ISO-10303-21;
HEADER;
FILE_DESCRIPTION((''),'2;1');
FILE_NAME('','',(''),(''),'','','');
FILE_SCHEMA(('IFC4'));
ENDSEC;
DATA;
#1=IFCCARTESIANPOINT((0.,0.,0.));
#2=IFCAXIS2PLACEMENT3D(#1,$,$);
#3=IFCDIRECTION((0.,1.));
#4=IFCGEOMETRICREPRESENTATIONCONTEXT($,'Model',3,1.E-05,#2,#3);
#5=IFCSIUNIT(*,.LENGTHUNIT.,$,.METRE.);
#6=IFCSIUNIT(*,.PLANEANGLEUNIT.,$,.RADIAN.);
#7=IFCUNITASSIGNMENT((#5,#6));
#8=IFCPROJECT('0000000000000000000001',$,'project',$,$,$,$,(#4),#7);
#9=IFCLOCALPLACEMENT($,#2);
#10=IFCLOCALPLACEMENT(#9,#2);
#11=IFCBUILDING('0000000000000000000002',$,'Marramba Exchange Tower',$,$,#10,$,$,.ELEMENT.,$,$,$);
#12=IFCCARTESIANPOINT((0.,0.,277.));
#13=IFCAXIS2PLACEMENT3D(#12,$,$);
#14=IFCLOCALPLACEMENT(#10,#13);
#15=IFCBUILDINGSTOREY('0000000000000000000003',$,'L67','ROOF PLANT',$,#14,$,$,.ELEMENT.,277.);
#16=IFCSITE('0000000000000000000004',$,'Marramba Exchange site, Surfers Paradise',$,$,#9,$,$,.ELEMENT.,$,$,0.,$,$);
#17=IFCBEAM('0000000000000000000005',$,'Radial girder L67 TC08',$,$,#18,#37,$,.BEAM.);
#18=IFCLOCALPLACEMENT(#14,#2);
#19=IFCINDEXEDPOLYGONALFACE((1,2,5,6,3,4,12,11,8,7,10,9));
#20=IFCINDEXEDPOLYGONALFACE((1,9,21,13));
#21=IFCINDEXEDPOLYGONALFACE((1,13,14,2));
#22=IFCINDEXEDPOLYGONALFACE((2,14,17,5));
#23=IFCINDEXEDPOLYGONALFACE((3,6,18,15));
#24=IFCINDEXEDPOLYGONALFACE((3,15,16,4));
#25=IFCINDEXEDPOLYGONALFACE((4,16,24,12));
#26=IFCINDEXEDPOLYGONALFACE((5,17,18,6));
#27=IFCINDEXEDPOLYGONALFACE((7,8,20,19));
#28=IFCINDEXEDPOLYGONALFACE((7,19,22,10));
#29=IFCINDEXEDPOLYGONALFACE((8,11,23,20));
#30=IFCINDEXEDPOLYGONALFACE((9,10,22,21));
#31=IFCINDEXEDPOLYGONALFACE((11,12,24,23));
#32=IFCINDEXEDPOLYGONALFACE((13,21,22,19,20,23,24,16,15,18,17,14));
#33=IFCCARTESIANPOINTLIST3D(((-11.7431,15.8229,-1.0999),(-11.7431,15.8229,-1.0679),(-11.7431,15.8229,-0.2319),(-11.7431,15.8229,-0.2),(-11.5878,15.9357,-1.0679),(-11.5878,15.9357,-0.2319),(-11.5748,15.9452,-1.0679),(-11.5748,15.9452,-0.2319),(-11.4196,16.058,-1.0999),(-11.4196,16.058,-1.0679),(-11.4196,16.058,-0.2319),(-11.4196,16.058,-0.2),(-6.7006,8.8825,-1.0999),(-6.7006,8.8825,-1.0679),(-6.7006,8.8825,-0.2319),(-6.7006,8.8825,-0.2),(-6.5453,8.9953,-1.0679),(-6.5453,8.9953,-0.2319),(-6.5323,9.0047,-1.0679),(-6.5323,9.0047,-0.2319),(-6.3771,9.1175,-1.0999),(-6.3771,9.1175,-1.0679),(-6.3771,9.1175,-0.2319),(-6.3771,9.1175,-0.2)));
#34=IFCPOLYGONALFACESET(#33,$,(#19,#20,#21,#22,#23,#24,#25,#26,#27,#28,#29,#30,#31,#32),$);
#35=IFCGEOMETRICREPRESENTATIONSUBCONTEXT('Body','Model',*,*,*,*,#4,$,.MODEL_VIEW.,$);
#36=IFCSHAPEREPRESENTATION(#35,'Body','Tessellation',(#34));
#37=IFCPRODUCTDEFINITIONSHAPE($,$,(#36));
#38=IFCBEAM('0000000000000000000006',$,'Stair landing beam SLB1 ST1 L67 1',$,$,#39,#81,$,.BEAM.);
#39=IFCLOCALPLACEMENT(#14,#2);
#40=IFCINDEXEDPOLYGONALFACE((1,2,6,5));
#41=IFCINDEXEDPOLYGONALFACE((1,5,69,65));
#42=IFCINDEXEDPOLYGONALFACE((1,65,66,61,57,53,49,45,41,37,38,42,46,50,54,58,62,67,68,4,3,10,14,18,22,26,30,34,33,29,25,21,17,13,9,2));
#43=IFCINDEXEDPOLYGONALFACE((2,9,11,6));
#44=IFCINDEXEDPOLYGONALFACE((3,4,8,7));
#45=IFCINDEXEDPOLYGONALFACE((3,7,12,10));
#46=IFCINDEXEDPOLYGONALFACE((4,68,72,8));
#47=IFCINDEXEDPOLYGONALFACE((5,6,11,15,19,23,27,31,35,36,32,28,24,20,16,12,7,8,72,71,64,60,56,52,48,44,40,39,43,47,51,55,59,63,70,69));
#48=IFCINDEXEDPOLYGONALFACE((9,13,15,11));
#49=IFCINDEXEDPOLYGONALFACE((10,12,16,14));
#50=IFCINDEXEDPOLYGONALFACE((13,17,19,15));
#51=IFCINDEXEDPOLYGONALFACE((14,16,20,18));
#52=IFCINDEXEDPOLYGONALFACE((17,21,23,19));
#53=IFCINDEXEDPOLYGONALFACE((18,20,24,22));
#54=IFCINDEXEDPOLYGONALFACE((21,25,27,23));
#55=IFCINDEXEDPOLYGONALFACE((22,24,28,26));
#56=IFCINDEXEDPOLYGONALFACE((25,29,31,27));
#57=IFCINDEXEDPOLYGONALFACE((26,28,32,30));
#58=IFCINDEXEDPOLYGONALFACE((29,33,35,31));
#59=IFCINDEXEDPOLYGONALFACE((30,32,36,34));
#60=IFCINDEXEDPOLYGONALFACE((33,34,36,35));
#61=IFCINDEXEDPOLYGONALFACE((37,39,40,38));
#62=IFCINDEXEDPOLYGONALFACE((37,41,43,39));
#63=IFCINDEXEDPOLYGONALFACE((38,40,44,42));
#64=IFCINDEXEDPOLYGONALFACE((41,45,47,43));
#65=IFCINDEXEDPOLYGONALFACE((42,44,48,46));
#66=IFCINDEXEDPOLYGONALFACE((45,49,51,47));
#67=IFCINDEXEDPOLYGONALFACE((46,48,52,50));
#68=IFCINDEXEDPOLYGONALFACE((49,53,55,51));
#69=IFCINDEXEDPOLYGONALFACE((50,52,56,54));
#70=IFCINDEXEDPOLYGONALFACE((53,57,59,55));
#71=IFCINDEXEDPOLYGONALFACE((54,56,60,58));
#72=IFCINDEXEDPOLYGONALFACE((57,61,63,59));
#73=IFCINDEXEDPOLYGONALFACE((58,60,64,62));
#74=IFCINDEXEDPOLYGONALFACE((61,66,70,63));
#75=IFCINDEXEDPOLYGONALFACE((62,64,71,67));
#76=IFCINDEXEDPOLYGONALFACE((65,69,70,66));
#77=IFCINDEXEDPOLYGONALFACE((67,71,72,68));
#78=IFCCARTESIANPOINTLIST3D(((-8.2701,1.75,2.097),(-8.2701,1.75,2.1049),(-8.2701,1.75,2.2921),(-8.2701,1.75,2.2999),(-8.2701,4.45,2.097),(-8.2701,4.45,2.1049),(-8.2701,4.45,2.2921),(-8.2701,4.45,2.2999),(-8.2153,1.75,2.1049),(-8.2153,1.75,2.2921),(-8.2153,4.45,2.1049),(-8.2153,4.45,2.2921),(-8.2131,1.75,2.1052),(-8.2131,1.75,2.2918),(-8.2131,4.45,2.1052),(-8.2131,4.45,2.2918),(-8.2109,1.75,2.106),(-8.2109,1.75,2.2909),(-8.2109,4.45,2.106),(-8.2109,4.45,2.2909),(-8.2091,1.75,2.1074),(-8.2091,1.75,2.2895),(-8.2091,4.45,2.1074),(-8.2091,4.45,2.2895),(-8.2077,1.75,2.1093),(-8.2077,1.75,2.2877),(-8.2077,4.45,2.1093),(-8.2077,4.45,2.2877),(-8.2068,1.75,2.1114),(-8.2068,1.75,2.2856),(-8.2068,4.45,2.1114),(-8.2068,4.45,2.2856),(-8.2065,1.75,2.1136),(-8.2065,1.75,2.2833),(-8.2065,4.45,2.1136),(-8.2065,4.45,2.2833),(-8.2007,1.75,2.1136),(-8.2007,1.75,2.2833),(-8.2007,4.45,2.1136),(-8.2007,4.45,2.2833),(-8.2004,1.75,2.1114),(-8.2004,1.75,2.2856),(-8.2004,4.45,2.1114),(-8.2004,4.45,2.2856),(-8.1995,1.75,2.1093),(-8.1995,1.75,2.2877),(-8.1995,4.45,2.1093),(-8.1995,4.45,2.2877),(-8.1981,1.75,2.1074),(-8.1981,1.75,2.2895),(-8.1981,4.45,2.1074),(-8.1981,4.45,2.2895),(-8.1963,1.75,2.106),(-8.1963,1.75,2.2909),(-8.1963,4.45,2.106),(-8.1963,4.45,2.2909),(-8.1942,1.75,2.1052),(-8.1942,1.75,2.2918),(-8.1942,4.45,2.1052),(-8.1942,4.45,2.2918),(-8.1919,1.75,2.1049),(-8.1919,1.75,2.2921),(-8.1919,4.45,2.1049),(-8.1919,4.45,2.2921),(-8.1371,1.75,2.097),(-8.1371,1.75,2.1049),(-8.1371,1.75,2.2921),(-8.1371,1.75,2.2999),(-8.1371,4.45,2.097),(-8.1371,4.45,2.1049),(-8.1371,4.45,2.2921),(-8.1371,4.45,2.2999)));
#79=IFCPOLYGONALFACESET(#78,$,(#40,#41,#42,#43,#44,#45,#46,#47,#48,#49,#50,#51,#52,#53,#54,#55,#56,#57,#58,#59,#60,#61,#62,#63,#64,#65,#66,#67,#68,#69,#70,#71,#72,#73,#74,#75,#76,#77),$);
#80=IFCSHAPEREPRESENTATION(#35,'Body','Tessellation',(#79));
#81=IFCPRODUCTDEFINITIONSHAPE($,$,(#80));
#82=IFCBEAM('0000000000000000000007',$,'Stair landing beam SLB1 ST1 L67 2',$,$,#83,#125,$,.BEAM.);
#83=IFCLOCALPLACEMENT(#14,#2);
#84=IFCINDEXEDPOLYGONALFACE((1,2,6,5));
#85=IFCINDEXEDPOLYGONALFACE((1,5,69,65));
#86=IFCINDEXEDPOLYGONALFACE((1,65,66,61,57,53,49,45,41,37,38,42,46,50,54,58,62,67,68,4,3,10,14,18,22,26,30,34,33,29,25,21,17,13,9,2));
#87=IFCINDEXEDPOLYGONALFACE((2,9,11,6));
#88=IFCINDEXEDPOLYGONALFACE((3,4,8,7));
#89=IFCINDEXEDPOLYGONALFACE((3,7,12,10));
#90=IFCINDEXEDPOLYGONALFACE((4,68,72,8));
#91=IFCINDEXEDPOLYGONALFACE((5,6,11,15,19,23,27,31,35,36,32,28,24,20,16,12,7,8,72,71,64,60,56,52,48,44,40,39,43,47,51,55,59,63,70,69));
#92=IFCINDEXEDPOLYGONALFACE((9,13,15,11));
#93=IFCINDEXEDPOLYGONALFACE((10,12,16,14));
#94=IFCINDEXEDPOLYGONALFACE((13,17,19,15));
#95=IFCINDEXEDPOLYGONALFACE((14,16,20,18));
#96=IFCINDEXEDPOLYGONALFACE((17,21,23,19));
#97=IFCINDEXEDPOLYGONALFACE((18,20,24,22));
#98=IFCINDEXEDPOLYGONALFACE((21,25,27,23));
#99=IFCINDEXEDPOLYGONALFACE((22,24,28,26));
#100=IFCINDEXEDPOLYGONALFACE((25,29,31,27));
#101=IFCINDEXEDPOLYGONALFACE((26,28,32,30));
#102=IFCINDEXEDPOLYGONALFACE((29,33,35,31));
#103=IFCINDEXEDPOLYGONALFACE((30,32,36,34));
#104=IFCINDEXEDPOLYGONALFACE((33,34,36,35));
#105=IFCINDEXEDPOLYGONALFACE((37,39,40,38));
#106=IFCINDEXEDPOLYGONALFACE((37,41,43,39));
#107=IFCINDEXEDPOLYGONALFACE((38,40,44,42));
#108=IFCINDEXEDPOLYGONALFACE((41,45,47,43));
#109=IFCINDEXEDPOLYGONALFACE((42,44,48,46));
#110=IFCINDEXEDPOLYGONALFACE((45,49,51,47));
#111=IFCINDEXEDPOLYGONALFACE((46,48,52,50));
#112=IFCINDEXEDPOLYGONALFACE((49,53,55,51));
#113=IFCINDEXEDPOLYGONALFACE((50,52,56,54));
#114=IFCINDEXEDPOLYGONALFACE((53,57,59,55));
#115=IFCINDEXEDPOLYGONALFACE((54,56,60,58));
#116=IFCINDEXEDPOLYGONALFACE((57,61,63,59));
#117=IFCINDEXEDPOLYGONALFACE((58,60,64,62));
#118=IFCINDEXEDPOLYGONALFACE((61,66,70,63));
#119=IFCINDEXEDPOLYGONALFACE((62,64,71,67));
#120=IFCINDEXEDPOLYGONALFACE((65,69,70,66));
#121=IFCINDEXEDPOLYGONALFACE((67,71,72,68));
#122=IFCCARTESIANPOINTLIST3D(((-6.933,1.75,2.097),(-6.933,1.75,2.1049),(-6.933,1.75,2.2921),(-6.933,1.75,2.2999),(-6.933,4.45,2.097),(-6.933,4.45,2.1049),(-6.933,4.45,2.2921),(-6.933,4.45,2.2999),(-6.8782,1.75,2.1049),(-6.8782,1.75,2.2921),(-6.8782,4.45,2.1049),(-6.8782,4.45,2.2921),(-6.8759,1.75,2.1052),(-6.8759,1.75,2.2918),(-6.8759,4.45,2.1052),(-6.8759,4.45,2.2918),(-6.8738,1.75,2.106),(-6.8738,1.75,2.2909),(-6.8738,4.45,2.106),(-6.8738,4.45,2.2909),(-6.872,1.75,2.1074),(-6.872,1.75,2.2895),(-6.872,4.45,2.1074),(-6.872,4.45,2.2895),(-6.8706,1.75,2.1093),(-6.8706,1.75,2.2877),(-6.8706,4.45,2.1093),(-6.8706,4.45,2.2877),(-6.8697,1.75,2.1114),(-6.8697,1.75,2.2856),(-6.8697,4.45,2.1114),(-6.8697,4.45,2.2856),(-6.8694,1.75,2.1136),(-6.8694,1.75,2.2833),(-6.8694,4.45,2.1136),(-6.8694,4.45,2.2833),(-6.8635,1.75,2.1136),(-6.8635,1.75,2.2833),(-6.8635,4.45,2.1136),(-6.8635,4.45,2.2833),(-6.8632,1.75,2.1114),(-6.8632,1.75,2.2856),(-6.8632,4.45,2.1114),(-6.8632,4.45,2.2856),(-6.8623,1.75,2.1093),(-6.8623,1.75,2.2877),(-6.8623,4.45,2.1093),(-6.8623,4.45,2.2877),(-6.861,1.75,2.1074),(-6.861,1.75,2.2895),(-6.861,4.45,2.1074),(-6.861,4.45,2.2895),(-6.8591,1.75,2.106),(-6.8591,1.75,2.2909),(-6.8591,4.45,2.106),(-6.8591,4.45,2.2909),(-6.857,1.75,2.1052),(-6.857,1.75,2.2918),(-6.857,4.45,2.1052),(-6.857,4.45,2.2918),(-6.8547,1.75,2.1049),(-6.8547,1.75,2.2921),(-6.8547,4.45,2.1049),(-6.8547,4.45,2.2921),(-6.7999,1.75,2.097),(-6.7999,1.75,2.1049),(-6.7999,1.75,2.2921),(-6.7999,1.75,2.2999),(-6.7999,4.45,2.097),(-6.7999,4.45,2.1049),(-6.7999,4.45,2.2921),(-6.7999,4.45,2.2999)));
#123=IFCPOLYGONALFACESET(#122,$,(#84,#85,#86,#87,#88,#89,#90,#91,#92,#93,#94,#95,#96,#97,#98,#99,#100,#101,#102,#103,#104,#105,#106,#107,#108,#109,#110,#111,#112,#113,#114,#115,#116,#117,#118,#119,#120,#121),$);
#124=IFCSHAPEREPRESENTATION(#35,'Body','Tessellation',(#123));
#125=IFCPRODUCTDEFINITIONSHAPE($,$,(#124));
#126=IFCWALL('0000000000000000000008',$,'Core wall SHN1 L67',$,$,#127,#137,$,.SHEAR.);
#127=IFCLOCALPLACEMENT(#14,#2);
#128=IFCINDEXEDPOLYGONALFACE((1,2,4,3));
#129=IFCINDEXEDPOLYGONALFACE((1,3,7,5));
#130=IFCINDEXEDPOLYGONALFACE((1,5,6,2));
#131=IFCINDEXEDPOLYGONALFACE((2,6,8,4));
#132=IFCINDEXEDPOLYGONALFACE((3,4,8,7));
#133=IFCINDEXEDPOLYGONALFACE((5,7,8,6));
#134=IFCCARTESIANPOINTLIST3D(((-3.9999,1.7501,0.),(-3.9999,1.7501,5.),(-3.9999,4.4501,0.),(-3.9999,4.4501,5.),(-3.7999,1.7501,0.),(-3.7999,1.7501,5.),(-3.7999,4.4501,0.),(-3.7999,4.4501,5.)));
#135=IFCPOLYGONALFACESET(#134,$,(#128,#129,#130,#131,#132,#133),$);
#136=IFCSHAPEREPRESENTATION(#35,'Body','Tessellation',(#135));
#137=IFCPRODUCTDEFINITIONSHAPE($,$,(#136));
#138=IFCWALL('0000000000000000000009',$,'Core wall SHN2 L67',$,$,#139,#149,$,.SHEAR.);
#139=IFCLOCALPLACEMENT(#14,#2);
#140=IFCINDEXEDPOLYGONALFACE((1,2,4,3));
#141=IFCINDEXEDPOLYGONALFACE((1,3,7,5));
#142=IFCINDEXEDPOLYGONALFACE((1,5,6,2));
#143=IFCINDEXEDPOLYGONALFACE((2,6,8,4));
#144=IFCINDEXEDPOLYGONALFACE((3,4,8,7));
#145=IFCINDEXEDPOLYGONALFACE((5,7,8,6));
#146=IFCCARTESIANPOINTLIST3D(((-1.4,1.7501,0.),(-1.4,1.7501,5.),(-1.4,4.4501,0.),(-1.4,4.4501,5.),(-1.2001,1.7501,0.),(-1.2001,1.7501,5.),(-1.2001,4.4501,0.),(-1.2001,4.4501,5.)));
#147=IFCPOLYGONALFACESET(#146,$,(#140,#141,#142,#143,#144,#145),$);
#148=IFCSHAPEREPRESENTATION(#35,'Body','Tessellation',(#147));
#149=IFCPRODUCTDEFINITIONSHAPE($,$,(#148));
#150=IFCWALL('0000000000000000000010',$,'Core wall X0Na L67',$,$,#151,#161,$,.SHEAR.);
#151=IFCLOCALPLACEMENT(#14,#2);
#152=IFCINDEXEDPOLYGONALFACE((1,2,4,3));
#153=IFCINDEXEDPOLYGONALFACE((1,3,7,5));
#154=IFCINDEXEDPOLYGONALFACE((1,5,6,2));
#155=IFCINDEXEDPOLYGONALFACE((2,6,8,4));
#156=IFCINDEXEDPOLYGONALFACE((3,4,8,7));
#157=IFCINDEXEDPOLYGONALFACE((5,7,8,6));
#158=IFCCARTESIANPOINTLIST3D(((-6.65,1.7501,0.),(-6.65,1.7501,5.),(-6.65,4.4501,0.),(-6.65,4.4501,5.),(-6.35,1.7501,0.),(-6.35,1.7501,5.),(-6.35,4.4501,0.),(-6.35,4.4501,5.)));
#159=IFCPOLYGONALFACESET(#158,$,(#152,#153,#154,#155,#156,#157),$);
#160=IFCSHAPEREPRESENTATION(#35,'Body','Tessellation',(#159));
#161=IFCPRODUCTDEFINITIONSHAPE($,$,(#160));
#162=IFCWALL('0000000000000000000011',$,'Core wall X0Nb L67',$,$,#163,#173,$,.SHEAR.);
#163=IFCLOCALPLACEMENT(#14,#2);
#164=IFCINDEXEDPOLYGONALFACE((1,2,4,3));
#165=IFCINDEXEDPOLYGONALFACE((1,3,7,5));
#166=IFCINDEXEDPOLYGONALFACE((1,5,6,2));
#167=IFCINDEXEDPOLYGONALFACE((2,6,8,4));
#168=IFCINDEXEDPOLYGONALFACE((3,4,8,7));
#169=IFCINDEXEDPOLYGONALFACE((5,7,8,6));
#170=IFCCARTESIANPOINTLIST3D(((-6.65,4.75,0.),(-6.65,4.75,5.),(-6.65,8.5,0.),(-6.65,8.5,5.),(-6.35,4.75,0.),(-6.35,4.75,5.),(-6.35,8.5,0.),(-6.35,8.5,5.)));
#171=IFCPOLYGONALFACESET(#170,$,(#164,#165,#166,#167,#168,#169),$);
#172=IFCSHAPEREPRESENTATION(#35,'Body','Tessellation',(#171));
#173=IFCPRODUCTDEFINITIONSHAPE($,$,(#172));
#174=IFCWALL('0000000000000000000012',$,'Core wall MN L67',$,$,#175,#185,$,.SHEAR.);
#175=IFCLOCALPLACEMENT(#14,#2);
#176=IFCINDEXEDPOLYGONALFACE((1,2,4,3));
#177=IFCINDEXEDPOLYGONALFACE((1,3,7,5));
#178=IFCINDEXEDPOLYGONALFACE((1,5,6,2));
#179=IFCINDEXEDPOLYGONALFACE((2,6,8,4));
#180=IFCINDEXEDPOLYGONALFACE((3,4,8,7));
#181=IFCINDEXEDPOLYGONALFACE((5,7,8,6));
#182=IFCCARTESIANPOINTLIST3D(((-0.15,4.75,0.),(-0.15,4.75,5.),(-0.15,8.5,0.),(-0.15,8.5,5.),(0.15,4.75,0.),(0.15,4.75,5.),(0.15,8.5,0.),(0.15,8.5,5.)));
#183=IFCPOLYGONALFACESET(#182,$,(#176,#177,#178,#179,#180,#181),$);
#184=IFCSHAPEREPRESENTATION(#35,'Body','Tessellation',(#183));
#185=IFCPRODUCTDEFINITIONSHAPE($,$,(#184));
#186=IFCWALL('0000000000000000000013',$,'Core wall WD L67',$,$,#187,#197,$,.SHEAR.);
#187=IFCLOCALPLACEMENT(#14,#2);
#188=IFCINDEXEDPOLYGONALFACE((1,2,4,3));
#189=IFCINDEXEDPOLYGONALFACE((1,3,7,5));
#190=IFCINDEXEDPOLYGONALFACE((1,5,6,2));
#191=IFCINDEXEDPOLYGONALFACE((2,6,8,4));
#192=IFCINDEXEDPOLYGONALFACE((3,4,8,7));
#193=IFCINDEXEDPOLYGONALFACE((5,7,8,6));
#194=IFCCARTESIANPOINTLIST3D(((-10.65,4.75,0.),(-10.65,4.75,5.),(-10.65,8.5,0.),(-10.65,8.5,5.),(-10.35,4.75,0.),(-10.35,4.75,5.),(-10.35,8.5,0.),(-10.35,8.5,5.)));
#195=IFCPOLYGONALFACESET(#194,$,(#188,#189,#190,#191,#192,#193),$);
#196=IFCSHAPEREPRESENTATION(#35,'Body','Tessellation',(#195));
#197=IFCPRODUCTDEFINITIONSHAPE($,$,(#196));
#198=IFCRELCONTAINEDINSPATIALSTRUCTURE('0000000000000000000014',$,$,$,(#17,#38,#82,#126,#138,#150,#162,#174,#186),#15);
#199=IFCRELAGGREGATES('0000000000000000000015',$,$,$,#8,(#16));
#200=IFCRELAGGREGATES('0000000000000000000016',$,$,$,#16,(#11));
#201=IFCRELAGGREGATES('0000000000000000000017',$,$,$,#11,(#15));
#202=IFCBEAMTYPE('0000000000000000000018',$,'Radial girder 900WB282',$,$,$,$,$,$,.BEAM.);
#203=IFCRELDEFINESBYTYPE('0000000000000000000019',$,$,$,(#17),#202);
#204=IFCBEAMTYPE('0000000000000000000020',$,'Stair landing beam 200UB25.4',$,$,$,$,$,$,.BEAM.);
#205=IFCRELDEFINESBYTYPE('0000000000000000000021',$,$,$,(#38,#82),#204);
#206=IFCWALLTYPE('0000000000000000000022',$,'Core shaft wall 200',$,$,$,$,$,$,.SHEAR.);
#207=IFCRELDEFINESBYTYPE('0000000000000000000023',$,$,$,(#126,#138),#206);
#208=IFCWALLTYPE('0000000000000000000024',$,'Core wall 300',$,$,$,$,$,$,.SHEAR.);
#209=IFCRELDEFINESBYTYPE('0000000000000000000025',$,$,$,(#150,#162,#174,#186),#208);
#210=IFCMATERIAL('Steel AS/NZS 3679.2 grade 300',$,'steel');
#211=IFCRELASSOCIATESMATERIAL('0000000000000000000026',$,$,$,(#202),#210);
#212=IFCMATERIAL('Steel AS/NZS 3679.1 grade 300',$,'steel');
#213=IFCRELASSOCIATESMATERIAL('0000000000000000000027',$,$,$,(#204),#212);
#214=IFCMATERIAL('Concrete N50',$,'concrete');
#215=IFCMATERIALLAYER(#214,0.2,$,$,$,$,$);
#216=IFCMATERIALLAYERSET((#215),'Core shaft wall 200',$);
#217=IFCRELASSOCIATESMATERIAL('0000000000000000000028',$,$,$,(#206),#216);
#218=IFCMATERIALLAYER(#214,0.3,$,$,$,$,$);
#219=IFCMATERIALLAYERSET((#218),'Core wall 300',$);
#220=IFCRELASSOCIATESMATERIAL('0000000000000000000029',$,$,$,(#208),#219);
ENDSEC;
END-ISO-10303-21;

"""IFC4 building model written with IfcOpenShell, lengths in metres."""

from ifc_helpers import new_model, si_unit, direction, frame, frame_2d, origin, origin_2d, place, context, subcontext, project, spatial, rectangle, i_section, extrude, material, layer, layer_set, material_profile, profile_set, type_object, element, save


model = new_model("IFC4")

# Units and contexts
model_context = context("Model", 3, precision=1e-05, world=origin(), true_north=direction((0.0, 1.0)))
body_context = subcontext(model_context, "Body", "Model", "MODEL_VIEW")
ifc_project = project(units=[si_unit("LENGTHUNIT", "METRE"), si_unit("PLANEANGLEUNIT", "RADIAN")], contexts=[model_context])

# Site, building, storey
site_placement = place(None, origin())
site = spatial("IfcSite", under=ifc_project, at=site_placement, Name="Marramba Exchange site, Surfers Paradise", CompositionType="ELEMENT", RefElevation=0.0)
building_placement = place(site_placement, origin())
building = spatial("IfcBuilding", under=site, at=building_placement, Name="Marramba Exchange Tower", CompositionType="ELEMENT")
storey_placement = place(building_placement, frame((0.0, 0.0, 277.0)))
storey = spatial("IfcBuildingStorey", under=building, at=storey_placement, Name="L67", Description="ROOF PLANT", CompositionType="ELEMENT", Elevation=277.0)

# Beams
ifc_material_1 = material(Name="Steel AS/NZS 3679.1 grade 300", Category="steel")
ifc_material_2 = material(Name="Steel AS/NZS 3679.2 grade 300", Category="steel")
ifc_material_profile_1 = material_profile(ifc_material_2, i_section(OverallWidth=0.3999, OverallDepth=0.8999, WebThickness=0.0161, FlangeThickness=0.032, at=origin_2d()), Name="900WB282")
ifc_profile_set_1 = profile_set([ifc_material_profile_1], Name="Steel AS/NZS 3679.2 grade 300")
beam_type_1 = type_object("IfcBeamType", Name="Radial girder 900WB282", PredefinedType="BEAM", material=ifc_profile_set_1)
beam_1_placement = place(storey_placement, frame((-6.5388, 9.0, -0.6499), z_axis=(-0.587782, 0.809019, 0.0), x_axis=(-0.809019, -0.587782, 0.0)))
element("IfcBeam", 1, at=beam_1_placement, inside=storey, type_object=beam_type_1, Name="Radial girder L67 TC08", PredefinedType="BEAM", context=body_context, shape_type="SweptSolid", body=[
    extrude(i_section(OverallWidth=0.3999, OverallDepth=0.8999, WebThickness=0.0161, FlangeThickness=0.032, at=origin_2d()), origin(), (0.0, 0.0, 1.0), 8.5789),
])
ifc_material_profile_2 = material_profile(ifc_material_1, i_section(OverallWidth=0.1331, OverallDepth=0.2029, WebThickness=0.0059, FlangeThickness=0.0078, FilletRadius=0.0088, at=origin_2d()), Name="200UB25.4")
ifc_profile_set_2 = profile_set([ifc_material_profile_2], Name="Steel AS/NZS 3679.1 grade 300")
beam_type_2 = type_object("IfcBeamType", Name="Stair landing beam 200UB25.4", PredefinedType="BEAM", material=ifc_profile_set_2)
for number, where, z_axis, x_axis, name in (
    (2, (-8.2036, 1.75, 2.1985), (0.0, 1.0, 0.0), (-1.0, 0.0, 0.0), "Stair landing beam SLB1 ST1 L67 1"),
    (3, (-6.8665, 1.75, 2.1985), (0.0, 1.0, 0.0), (-1.0, 0.0, 0.0), "Stair landing beam SLB1 ST1 L67 2"),
):
    element("IfcBeam", number, at=place(storey_placement, frame(where, z_axis=z_axis, x_axis=x_axis)), inside=storey, type_object=beam_type_2, Name=name, PredefinedType="BEAM", context=body_context, shape_type="SweptSolid", body=[
        extrude(i_section(OverallWidth=0.1331, OverallDepth=0.2029, WebThickness=0.0059, FlangeThickness=0.0078, FilletRadius=0.0088, at=origin_2d()), origin(), (0.0, 0.0, 1.0), 2.7),
    ])

# Walls
ifc_material_3 = material(Name="Concrete N50", Category="concrete")
ifc_layer_1 = layer(ifc_material_3, 0.2)
ifc_layer_set_1 = layer_set([ifc_layer_1], Name="Core shaft wall 200")
wall_type_1 = type_object("IfcWallType", Name="Core shaft wall 200", PredefinedType="SHEAR", material=ifc_layer_set_1)
for number, where, z_axis, x_axis, name in (
    (4, (-3.8999, 1.75, 0.0), (0.0, 0.0, 1.0), (0.0, 1.0, 0.0), "Core wall SHN1 L67"),
    (5, (-1.3, 1.75, 0.0), (0.0, 0.0, 1.0), (0.0, 1.0, 0.0), "Core wall SHN2 L67"),
):
    element("IfcWall", number, at=place(storey_placement, frame(where, z_axis=z_axis, x_axis=x_axis)), inside=storey, type_object=wall_type_1, Name=name, PredefinedType="SHEAR", context=body_context, shape_type="SweptSolid", body=[
        extrude(rectangle(XDim=2.7, YDim=0.2, at=frame_2d((1.3501, 0.0))), origin(), (0.0, 0.0, 1.0), 5.0),
    ])
ifc_layer_2 = layer(ifc_material_3, 0.3)
ifc_layer_set_2 = layer_set([ifc_layer_2], Name="Core wall 300")
wall_type_2 = type_object("IfcWallType", Name="Core wall 300", PredefinedType="SHEAR", material=ifc_layer_set_2)
wall_1_placement = place(storey_placement, frame((-6.5, 1.75, 0.0), z_axis=(0.0, 0.0, 1.0), x_axis=(0.0, 1.0, 0.0)))
element("IfcWall", 6, at=wall_1_placement, inside=storey, type_object=wall_type_2, Name="Core wall X0Na L67", PredefinedType="SHEAR", context=body_context, shape_type="SweptSolid", body=[
    extrude(rectangle(XDim=2.7, YDim=0.3, at=frame_2d((1.3501, 0.0))), origin(), (0.0, 0.0, 1.0), 5.0),
])
for number, where, z_axis, x_axis, name in (
    (7, (-6.5, 4.75, 0.0), (0.0, 0.0, 1.0), (0.0, 1.0, 0.0), "Core wall X0Nb L67"),
    (8, (0.0, 4.75, 0.0), (0.0, 0.0, 1.0), (0.0, 1.0, 0.0), "Core wall MN L67"),
    (9, (-10.5, 4.75, 0.0), (0.0, 0.0, 1.0), (0.0, 1.0, 0.0), "Core wall WD L67"),
):
    element("IfcWall", number, at=place(storey_placement, frame(where, z_axis=z_axis, x_axis=x_axis)), inside=storey, type_object=wall_type_2, Name=name, PredefinedType="SHEAR", context=body_context, shape_type="SweptSolid", body=[
        extrude(rectangle(XDim=3.75, YDim=0.3, at=frame_2d((1.875, 0.0))), origin(), (0.0, 0.0, 1.0), 5.0),
    ])

save(model, "model.ifc")
